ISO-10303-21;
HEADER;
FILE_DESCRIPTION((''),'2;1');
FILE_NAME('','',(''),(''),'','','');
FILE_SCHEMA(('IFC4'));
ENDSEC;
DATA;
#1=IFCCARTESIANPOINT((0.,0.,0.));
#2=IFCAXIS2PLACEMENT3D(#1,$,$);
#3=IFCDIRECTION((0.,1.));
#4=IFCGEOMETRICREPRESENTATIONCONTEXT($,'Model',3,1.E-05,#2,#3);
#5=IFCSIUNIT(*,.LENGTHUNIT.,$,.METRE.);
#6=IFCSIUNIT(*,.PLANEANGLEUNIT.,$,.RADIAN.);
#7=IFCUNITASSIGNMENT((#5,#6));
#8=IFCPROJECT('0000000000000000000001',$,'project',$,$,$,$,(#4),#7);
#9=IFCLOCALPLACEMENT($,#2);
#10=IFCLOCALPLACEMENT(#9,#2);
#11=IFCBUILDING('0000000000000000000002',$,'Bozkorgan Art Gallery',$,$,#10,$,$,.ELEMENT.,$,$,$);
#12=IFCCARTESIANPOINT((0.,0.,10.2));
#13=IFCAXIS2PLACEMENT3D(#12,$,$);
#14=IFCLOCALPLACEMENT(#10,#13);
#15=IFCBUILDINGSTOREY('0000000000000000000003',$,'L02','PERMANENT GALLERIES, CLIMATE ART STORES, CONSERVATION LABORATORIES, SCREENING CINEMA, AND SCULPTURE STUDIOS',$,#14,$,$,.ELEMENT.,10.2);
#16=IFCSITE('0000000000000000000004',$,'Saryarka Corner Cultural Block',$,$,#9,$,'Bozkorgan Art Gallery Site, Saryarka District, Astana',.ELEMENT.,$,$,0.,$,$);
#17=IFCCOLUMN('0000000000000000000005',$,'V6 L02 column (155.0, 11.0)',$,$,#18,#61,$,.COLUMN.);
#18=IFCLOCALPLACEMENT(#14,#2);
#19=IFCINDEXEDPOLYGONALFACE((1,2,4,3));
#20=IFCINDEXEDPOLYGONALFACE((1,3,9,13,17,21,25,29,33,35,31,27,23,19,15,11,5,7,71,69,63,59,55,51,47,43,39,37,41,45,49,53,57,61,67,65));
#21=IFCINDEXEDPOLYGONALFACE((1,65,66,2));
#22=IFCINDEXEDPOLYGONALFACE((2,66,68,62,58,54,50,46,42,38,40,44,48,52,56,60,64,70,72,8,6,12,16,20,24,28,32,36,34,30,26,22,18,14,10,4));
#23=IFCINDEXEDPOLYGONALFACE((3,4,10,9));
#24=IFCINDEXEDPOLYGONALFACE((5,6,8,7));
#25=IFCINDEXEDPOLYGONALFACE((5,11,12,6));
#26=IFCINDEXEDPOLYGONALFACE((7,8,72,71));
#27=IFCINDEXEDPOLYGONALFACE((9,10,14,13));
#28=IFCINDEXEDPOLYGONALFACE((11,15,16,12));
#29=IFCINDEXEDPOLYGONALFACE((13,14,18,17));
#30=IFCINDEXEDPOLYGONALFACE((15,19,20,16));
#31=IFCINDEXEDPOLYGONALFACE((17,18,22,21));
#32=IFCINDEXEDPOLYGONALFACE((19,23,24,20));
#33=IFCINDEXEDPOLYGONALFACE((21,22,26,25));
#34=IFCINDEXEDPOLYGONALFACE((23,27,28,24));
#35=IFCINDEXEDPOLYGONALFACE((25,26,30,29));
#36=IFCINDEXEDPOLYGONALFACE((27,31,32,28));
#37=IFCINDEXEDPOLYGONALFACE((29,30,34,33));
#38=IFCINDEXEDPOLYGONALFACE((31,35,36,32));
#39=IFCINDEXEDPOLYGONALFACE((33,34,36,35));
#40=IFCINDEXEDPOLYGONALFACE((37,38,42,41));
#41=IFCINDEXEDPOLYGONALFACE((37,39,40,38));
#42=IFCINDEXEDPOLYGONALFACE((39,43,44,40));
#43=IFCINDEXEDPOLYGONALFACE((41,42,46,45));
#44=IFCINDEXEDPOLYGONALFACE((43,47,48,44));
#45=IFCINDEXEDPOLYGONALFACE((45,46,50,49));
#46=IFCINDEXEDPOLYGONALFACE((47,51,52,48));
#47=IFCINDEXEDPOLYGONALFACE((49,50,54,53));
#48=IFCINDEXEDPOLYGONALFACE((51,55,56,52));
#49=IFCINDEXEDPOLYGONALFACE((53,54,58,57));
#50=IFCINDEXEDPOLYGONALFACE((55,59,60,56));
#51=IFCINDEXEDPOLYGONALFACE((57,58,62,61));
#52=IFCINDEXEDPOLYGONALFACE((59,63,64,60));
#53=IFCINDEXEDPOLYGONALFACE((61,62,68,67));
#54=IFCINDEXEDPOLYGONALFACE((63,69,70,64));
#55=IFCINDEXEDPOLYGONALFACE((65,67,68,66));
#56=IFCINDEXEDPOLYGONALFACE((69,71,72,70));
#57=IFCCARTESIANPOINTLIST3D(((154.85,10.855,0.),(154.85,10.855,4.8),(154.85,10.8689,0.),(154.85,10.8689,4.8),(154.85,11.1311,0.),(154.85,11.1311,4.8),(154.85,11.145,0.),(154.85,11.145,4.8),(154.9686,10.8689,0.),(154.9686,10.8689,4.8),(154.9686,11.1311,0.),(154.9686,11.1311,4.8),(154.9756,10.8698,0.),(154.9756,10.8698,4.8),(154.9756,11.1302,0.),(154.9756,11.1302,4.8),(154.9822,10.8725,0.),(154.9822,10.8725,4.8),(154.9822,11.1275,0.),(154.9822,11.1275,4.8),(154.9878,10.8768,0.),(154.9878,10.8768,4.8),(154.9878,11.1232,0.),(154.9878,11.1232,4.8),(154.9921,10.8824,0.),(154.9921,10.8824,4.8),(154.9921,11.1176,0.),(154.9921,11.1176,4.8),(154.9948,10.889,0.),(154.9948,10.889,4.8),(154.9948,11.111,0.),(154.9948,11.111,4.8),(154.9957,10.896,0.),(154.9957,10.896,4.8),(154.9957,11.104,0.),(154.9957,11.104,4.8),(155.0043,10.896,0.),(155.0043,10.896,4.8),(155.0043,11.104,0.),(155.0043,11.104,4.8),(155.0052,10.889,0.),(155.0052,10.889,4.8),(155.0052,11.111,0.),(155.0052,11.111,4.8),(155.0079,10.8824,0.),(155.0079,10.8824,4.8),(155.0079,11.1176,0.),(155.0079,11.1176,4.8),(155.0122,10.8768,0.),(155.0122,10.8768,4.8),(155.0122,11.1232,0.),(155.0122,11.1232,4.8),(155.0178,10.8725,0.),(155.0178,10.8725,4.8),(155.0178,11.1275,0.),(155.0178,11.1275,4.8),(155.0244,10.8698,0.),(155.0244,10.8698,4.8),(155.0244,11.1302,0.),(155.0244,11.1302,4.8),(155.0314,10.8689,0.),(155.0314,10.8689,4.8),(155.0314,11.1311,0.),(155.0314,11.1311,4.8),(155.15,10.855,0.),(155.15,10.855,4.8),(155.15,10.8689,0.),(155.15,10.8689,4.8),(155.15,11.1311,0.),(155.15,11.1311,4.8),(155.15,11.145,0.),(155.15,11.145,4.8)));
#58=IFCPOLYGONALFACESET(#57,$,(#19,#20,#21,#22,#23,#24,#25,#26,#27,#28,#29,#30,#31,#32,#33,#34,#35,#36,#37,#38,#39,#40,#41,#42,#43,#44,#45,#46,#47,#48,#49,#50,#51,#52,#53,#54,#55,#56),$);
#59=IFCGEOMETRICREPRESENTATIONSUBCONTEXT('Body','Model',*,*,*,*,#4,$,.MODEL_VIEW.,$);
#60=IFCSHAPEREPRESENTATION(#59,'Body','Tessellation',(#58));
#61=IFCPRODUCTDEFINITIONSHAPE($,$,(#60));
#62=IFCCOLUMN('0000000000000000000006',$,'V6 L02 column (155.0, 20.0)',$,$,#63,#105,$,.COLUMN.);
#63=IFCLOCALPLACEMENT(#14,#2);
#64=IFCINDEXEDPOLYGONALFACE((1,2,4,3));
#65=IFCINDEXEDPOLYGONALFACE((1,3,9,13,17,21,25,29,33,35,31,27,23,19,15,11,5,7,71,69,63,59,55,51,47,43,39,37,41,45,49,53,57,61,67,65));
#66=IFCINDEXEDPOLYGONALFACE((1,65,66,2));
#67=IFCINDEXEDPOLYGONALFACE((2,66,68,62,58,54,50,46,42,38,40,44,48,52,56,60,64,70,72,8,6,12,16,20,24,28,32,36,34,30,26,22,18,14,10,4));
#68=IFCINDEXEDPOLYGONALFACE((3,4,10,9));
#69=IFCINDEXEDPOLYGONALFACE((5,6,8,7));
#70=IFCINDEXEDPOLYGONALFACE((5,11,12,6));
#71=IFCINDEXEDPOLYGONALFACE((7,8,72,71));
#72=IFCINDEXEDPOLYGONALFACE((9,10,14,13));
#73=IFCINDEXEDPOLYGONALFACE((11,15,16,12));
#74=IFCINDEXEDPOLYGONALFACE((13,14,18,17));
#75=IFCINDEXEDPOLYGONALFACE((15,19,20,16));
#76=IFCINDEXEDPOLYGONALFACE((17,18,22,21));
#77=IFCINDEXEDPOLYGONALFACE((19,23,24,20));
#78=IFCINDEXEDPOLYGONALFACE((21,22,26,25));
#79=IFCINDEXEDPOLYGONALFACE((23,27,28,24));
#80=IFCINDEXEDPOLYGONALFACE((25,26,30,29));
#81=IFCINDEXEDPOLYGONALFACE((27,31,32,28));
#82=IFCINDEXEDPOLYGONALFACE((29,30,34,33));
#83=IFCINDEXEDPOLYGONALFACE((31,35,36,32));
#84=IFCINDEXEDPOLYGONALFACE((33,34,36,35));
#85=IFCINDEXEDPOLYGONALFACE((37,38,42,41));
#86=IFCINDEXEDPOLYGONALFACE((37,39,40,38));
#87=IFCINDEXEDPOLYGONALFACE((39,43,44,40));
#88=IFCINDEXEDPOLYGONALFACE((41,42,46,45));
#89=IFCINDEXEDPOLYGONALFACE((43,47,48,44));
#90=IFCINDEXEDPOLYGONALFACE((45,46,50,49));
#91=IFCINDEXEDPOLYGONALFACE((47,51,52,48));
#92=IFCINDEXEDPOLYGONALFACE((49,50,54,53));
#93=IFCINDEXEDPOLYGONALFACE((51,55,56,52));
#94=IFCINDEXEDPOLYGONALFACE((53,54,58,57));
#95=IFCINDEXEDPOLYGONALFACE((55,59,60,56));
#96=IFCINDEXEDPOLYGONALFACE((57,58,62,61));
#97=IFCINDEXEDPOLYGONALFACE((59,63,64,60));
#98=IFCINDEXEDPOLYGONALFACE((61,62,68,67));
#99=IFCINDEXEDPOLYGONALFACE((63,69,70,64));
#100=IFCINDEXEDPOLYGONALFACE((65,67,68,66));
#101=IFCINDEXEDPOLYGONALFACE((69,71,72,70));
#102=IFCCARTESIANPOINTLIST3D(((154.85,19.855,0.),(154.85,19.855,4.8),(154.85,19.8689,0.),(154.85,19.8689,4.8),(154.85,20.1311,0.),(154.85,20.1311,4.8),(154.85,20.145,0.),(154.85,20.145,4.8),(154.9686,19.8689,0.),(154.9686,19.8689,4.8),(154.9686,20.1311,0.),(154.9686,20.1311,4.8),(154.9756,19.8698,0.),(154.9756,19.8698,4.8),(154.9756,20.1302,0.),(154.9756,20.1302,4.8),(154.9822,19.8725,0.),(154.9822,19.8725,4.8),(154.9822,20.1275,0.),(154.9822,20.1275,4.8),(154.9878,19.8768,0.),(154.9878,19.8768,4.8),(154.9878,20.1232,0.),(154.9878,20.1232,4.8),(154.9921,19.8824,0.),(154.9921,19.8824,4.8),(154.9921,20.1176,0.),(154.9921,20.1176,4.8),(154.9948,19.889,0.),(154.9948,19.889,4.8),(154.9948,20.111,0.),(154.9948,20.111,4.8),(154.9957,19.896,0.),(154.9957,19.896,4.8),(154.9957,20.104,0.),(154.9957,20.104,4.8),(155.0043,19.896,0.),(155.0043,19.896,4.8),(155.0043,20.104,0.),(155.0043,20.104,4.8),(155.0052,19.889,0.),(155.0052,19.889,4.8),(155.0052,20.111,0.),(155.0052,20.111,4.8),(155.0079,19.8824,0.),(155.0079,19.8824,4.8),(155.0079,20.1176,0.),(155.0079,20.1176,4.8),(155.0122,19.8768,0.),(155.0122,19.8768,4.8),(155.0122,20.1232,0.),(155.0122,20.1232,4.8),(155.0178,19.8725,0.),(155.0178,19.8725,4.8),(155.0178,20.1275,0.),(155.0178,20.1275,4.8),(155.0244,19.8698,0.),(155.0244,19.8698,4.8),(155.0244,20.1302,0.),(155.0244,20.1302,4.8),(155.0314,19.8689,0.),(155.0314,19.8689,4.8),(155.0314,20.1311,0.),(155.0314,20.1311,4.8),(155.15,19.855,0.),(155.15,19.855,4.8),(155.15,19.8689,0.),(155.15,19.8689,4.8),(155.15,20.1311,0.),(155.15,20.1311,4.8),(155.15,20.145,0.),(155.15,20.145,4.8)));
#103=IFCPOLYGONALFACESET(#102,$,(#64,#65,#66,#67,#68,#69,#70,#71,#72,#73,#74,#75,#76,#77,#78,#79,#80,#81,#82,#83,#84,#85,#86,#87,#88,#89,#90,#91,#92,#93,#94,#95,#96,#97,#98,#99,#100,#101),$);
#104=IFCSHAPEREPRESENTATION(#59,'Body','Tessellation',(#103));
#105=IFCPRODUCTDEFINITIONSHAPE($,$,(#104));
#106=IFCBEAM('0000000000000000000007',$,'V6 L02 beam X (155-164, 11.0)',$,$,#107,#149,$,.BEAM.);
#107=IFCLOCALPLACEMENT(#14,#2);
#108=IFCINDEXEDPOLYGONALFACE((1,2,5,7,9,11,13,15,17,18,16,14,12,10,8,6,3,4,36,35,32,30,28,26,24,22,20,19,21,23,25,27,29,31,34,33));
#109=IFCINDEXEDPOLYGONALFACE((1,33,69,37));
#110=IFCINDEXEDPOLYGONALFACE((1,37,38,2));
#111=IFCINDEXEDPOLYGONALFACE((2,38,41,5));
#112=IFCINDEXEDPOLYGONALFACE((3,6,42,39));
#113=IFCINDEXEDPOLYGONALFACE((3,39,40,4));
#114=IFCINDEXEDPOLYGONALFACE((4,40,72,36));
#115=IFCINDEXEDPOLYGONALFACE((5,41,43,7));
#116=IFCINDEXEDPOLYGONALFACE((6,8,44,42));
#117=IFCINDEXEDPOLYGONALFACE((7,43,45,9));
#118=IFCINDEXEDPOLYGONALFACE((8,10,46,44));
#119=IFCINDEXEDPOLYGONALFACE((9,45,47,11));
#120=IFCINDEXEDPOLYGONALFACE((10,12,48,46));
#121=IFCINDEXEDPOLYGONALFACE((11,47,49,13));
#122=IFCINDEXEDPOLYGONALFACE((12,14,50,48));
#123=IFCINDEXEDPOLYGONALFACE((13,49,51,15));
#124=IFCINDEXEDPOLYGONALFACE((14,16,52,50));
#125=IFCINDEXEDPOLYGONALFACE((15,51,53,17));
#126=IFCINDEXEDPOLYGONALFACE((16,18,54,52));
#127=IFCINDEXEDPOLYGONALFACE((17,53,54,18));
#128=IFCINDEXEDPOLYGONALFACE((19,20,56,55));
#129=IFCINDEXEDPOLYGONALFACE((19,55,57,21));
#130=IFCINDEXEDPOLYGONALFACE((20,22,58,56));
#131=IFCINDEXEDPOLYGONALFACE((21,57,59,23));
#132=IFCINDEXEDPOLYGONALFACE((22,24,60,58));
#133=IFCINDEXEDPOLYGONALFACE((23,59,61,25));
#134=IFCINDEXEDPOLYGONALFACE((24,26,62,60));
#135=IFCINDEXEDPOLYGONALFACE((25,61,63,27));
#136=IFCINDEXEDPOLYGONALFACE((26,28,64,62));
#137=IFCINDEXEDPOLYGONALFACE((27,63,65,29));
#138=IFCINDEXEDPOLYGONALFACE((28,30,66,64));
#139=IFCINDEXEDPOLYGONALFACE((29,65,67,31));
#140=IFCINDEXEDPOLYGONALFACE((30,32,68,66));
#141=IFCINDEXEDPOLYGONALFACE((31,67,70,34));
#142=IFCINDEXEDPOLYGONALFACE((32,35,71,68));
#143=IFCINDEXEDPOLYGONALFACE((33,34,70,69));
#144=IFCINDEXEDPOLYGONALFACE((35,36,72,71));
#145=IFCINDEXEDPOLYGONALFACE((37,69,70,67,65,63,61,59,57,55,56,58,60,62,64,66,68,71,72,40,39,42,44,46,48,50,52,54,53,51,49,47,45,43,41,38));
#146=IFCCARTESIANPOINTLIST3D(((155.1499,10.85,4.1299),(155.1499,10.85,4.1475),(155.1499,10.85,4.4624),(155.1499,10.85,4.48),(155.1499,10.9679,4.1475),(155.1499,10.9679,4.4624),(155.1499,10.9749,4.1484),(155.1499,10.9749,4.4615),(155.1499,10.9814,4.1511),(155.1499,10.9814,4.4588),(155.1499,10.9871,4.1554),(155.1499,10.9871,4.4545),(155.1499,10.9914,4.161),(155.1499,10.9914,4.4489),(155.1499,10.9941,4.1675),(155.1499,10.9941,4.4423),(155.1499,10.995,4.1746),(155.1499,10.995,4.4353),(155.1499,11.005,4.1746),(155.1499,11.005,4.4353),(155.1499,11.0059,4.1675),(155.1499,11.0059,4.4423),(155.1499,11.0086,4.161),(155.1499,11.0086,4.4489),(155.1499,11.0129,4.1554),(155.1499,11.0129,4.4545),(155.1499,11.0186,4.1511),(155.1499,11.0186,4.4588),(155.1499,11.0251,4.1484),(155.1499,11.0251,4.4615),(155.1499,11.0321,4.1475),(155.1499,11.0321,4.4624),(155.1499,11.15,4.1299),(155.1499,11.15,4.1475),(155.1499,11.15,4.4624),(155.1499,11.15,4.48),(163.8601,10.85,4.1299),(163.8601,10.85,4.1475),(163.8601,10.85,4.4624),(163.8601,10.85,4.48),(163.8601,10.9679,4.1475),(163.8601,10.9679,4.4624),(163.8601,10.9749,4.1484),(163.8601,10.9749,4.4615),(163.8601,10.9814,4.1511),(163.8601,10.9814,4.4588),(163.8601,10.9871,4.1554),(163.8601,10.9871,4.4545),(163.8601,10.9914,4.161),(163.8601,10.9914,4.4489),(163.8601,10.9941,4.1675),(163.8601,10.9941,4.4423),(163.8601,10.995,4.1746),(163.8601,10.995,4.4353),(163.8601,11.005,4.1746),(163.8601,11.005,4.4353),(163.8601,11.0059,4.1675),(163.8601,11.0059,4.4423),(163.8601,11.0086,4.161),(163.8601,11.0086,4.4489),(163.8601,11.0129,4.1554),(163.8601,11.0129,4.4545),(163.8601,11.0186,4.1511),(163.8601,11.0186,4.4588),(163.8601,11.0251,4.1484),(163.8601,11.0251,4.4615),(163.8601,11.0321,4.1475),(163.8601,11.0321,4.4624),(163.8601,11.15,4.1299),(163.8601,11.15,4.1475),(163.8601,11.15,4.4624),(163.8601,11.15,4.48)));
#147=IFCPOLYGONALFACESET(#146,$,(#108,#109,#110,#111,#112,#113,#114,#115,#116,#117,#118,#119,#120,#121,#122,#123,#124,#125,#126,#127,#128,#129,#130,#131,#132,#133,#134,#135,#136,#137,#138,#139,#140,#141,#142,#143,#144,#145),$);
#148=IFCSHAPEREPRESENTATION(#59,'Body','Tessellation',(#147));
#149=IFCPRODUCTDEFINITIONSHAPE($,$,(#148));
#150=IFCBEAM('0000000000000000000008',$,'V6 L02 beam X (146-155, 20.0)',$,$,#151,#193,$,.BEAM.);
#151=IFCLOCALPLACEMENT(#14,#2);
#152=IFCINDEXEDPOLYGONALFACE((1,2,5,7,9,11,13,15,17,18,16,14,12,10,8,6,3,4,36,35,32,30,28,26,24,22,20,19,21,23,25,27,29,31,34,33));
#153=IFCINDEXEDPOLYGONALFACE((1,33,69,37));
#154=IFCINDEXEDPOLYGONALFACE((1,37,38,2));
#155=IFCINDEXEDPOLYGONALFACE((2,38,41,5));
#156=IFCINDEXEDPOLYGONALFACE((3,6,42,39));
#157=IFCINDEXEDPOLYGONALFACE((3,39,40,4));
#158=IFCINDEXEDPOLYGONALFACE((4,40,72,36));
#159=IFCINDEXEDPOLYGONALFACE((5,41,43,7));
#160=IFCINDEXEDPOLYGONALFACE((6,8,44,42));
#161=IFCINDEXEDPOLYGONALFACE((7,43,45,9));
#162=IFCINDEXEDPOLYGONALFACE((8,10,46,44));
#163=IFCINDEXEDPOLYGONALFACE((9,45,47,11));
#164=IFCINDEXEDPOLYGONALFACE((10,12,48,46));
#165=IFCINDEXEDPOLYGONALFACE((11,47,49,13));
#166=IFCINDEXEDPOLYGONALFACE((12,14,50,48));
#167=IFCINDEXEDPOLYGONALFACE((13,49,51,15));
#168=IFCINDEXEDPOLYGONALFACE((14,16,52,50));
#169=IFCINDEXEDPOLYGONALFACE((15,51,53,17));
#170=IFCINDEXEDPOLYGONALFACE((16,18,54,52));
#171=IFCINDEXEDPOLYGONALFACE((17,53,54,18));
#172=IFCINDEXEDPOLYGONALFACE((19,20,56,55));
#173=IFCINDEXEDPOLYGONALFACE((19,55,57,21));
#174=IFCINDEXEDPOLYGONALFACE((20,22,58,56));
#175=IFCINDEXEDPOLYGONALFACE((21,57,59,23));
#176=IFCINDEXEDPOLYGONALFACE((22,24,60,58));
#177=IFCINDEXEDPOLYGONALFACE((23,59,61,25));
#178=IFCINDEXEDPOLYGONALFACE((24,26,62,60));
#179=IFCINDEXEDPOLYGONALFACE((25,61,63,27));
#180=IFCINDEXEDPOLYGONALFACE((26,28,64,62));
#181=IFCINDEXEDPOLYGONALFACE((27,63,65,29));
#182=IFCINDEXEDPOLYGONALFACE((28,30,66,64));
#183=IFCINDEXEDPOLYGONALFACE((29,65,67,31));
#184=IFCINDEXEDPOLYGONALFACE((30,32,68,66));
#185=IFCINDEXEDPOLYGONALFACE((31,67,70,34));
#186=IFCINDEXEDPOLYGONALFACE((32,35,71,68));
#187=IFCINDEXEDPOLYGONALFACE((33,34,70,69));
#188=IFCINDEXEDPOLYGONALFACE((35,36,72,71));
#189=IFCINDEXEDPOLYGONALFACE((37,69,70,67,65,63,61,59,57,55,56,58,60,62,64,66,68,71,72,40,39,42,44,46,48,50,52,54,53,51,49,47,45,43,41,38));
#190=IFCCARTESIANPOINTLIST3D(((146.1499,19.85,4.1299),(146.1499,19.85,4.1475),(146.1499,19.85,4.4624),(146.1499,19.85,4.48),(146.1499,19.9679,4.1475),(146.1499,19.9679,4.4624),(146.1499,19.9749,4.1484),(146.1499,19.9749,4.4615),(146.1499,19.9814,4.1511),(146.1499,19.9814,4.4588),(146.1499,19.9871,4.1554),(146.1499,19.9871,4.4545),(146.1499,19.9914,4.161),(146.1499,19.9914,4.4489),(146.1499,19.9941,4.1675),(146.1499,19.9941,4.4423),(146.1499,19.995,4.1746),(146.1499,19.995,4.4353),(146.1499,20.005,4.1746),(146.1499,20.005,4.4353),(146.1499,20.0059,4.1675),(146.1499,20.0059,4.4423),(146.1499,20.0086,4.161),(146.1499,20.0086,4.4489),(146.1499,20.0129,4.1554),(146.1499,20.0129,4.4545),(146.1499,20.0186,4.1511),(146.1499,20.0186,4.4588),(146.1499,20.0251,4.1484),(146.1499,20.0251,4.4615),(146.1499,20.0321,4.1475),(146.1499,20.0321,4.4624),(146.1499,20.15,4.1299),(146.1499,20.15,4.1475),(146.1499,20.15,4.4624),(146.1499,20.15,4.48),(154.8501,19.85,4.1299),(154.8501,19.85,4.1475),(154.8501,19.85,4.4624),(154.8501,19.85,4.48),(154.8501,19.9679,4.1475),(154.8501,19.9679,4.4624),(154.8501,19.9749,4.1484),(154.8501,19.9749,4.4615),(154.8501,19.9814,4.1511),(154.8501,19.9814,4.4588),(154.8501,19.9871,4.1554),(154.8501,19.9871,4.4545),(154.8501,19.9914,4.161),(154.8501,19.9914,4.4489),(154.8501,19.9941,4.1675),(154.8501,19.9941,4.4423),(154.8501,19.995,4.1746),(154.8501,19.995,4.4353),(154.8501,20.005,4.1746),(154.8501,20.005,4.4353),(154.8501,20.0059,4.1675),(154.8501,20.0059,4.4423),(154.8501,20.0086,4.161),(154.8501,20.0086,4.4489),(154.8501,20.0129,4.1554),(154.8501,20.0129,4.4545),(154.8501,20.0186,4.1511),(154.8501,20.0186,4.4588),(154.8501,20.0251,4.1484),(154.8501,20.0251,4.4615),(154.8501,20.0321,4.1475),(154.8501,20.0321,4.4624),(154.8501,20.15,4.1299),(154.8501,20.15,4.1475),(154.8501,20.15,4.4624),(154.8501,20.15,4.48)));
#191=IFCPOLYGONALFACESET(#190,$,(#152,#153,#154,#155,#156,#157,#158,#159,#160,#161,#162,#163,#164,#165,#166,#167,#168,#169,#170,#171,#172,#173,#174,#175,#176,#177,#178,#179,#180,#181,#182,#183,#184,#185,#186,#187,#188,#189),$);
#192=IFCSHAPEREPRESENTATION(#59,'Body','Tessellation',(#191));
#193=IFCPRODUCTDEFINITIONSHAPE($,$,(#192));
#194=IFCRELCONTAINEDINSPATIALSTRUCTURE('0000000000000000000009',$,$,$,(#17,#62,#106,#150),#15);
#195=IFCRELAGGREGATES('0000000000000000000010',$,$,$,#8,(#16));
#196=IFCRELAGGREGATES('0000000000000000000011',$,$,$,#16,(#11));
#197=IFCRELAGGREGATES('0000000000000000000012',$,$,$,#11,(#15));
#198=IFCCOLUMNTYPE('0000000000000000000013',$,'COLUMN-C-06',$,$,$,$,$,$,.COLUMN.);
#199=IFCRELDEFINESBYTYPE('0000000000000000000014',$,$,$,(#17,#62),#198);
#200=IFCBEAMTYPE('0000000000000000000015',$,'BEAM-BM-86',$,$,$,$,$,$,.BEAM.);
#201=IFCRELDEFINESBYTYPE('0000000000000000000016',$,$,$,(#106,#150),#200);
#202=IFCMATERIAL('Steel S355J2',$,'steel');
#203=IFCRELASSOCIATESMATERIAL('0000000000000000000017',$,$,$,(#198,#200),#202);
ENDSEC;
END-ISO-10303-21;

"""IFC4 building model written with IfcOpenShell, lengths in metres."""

from ifc_helpers import new_model, si_unit, direction, frame, origin, origin_2d, place, context, subcontext, project, spatial, i_section, extrude, material, material_profile, profile_set, type_object, element, save


model = new_model("IFC4")

# Units and contexts
model_context = context("Model", 3, precision=1e-05, world=origin(), true_north=direction((0.0, 1.0)))
body_context = subcontext(model_context, "Body", "Model", "MODEL_VIEW")
ifc_project = project(units=[si_unit("LENGTHUNIT", "METRE"), si_unit("PLANEANGLEUNIT", "RADIAN")], contexts=[model_context])

# Site, building, storey
site_placement = place(None, origin())
site = spatial("IfcSite", under=ifc_project, at=site_placement, Name="Saryarka Corner Cultural Block", LongName="Bozkorgan Art Gallery Site, Saryarka District, Astana", CompositionType="ELEMENT", RefElevation=0.0)
building_placement = place(site_placement, origin())
building = spatial("IfcBuilding", under=site, at=building_placement, Name="Bozkorgan Art Gallery", CompositionType="ELEMENT")
storey_placement = place(building_placement, frame((0.0, 0.0, 10.2)))
storey = spatial("IfcBuildingStorey", under=building, at=storey_placement, Name="L02", Description="PERMANENT GALLERIES, CLIMATE ART STORES, CONSERVATION LABORATORIES, SCREENING CINEMA, AND SCULPTURE STUDIOS", CompositionType="ELEMENT", Elevation=10.2)

# Columns
ifc_material_1 = material(Name="Steel S355J2", Category="steel")
ifc_material_profile_1 = material_profile(ifc_material_1, i_section(OverallWidth=0.3, OverallDepth=0.29, WebThickness=0.0085, FlangeThickness=0.0139, FilletRadius=0.0271, at=origin_2d()), Name="HEA 300")
ifc_profile_set_1 = profile_set([ifc_material_profile_1], Name="Steel S355J2")
column_type = type_object("IfcColumnType", Name="COLUMN-C-06", PredefinedType="COLUMN", material=ifc_profile_set_1)
for number, where, z_axis, x_axis, name in (
    (1, (155.0, 11.0, 0.0), (0.0, 0.0, 1.0), (1.0, 0.0, 0.0), "V6 L02 column (155.0, 11.0)"),
    (2, (155.0, 20.0, 0.0), (0.0, 0.0, 1.0), (1.0, 0.0, 0.0), "V6 L02 column (155.0, 20.0)"),
):
    element("IfcColumn", number, at=place(storey_placement, frame(where, z_axis=z_axis, x_axis=x_axis)), inside=storey, type_object=column_type, Name=name, PredefinedType="COLUMN", context=body_context, shape_type="SweptSolid", body=[
        extrude(i_section(OverallWidth=0.3, OverallDepth=0.29, WebThickness=0.0085, FlangeThickness=0.0139, FilletRadius=0.0271, at=origin_2d()), origin(), (0.0, 0.0, 1.0), 4.8),
    ])

# Beams
ifc_material_profile_2 = material_profile(ifc_material_1, i_section(OverallWidth=0.3, OverallDepth=0.3501, WebThickness=0.01, FlangeThickness=0.0176, FilletRadius=0.0271, at=origin_2d()), Name="HEA 360")
ifc_profile_set_2 = profile_set([ifc_material_profile_2], Name="Steel S355J2")
beam_type_1 = type_object("IfcBeamType", Name="BEAM-BM-86", PredefinedType="BEAM", material=ifc_profile_set_2)
beam_1_placement = place(storey_placement, frame((155.1499, 11.0, 4.3049), z_axis=(1.0, 0.0, 0.0), x_axis=(0.0, 1.0, 0.0)))
element("IfcBeam", 3, at=beam_1_placement, inside=storey, type_object=beam_type_1, Name="V6 L02 beam X (155-164, 11.0)", PredefinedType="BEAM", context=body_context, shape_type="SweptSolid", body=[
    extrude(i_section(OverallWidth=0.3, OverallDepth=0.3501, WebThickness=0.01, FlangeThickness=0.0176, FilletRadius=0.0271, at=origin_2d()), origin(), (0.0, 0.0, 1.0), 8.7102),
])
beam_2_placement = place(storey_placement, frame((146.1499, 20.0, 4.3049), z_axis=(1.0, 0.0, 0.0), x_axis=(0.0, 1.0, 0.0)))
element("IfcBeam", 4, at=beam_2_placement, inside=storey, type_object=beam_type_1, Name="V6 L02 beam X (146-155, 20.0)", PredefinedType="BEAM", context=body_context, shape_type="SweptSolid", body=[
    extrude(i_section(OverallWidth=0.3, OverallDepth=0.3501, WebThickness=0.01, FlangeThickness=0.0176, FilletRadius=0.0271, at=origin_2d()), origin(), (0.0, 0.0, 1.0), 8.7002),
])

save(model, "model.ifc")
